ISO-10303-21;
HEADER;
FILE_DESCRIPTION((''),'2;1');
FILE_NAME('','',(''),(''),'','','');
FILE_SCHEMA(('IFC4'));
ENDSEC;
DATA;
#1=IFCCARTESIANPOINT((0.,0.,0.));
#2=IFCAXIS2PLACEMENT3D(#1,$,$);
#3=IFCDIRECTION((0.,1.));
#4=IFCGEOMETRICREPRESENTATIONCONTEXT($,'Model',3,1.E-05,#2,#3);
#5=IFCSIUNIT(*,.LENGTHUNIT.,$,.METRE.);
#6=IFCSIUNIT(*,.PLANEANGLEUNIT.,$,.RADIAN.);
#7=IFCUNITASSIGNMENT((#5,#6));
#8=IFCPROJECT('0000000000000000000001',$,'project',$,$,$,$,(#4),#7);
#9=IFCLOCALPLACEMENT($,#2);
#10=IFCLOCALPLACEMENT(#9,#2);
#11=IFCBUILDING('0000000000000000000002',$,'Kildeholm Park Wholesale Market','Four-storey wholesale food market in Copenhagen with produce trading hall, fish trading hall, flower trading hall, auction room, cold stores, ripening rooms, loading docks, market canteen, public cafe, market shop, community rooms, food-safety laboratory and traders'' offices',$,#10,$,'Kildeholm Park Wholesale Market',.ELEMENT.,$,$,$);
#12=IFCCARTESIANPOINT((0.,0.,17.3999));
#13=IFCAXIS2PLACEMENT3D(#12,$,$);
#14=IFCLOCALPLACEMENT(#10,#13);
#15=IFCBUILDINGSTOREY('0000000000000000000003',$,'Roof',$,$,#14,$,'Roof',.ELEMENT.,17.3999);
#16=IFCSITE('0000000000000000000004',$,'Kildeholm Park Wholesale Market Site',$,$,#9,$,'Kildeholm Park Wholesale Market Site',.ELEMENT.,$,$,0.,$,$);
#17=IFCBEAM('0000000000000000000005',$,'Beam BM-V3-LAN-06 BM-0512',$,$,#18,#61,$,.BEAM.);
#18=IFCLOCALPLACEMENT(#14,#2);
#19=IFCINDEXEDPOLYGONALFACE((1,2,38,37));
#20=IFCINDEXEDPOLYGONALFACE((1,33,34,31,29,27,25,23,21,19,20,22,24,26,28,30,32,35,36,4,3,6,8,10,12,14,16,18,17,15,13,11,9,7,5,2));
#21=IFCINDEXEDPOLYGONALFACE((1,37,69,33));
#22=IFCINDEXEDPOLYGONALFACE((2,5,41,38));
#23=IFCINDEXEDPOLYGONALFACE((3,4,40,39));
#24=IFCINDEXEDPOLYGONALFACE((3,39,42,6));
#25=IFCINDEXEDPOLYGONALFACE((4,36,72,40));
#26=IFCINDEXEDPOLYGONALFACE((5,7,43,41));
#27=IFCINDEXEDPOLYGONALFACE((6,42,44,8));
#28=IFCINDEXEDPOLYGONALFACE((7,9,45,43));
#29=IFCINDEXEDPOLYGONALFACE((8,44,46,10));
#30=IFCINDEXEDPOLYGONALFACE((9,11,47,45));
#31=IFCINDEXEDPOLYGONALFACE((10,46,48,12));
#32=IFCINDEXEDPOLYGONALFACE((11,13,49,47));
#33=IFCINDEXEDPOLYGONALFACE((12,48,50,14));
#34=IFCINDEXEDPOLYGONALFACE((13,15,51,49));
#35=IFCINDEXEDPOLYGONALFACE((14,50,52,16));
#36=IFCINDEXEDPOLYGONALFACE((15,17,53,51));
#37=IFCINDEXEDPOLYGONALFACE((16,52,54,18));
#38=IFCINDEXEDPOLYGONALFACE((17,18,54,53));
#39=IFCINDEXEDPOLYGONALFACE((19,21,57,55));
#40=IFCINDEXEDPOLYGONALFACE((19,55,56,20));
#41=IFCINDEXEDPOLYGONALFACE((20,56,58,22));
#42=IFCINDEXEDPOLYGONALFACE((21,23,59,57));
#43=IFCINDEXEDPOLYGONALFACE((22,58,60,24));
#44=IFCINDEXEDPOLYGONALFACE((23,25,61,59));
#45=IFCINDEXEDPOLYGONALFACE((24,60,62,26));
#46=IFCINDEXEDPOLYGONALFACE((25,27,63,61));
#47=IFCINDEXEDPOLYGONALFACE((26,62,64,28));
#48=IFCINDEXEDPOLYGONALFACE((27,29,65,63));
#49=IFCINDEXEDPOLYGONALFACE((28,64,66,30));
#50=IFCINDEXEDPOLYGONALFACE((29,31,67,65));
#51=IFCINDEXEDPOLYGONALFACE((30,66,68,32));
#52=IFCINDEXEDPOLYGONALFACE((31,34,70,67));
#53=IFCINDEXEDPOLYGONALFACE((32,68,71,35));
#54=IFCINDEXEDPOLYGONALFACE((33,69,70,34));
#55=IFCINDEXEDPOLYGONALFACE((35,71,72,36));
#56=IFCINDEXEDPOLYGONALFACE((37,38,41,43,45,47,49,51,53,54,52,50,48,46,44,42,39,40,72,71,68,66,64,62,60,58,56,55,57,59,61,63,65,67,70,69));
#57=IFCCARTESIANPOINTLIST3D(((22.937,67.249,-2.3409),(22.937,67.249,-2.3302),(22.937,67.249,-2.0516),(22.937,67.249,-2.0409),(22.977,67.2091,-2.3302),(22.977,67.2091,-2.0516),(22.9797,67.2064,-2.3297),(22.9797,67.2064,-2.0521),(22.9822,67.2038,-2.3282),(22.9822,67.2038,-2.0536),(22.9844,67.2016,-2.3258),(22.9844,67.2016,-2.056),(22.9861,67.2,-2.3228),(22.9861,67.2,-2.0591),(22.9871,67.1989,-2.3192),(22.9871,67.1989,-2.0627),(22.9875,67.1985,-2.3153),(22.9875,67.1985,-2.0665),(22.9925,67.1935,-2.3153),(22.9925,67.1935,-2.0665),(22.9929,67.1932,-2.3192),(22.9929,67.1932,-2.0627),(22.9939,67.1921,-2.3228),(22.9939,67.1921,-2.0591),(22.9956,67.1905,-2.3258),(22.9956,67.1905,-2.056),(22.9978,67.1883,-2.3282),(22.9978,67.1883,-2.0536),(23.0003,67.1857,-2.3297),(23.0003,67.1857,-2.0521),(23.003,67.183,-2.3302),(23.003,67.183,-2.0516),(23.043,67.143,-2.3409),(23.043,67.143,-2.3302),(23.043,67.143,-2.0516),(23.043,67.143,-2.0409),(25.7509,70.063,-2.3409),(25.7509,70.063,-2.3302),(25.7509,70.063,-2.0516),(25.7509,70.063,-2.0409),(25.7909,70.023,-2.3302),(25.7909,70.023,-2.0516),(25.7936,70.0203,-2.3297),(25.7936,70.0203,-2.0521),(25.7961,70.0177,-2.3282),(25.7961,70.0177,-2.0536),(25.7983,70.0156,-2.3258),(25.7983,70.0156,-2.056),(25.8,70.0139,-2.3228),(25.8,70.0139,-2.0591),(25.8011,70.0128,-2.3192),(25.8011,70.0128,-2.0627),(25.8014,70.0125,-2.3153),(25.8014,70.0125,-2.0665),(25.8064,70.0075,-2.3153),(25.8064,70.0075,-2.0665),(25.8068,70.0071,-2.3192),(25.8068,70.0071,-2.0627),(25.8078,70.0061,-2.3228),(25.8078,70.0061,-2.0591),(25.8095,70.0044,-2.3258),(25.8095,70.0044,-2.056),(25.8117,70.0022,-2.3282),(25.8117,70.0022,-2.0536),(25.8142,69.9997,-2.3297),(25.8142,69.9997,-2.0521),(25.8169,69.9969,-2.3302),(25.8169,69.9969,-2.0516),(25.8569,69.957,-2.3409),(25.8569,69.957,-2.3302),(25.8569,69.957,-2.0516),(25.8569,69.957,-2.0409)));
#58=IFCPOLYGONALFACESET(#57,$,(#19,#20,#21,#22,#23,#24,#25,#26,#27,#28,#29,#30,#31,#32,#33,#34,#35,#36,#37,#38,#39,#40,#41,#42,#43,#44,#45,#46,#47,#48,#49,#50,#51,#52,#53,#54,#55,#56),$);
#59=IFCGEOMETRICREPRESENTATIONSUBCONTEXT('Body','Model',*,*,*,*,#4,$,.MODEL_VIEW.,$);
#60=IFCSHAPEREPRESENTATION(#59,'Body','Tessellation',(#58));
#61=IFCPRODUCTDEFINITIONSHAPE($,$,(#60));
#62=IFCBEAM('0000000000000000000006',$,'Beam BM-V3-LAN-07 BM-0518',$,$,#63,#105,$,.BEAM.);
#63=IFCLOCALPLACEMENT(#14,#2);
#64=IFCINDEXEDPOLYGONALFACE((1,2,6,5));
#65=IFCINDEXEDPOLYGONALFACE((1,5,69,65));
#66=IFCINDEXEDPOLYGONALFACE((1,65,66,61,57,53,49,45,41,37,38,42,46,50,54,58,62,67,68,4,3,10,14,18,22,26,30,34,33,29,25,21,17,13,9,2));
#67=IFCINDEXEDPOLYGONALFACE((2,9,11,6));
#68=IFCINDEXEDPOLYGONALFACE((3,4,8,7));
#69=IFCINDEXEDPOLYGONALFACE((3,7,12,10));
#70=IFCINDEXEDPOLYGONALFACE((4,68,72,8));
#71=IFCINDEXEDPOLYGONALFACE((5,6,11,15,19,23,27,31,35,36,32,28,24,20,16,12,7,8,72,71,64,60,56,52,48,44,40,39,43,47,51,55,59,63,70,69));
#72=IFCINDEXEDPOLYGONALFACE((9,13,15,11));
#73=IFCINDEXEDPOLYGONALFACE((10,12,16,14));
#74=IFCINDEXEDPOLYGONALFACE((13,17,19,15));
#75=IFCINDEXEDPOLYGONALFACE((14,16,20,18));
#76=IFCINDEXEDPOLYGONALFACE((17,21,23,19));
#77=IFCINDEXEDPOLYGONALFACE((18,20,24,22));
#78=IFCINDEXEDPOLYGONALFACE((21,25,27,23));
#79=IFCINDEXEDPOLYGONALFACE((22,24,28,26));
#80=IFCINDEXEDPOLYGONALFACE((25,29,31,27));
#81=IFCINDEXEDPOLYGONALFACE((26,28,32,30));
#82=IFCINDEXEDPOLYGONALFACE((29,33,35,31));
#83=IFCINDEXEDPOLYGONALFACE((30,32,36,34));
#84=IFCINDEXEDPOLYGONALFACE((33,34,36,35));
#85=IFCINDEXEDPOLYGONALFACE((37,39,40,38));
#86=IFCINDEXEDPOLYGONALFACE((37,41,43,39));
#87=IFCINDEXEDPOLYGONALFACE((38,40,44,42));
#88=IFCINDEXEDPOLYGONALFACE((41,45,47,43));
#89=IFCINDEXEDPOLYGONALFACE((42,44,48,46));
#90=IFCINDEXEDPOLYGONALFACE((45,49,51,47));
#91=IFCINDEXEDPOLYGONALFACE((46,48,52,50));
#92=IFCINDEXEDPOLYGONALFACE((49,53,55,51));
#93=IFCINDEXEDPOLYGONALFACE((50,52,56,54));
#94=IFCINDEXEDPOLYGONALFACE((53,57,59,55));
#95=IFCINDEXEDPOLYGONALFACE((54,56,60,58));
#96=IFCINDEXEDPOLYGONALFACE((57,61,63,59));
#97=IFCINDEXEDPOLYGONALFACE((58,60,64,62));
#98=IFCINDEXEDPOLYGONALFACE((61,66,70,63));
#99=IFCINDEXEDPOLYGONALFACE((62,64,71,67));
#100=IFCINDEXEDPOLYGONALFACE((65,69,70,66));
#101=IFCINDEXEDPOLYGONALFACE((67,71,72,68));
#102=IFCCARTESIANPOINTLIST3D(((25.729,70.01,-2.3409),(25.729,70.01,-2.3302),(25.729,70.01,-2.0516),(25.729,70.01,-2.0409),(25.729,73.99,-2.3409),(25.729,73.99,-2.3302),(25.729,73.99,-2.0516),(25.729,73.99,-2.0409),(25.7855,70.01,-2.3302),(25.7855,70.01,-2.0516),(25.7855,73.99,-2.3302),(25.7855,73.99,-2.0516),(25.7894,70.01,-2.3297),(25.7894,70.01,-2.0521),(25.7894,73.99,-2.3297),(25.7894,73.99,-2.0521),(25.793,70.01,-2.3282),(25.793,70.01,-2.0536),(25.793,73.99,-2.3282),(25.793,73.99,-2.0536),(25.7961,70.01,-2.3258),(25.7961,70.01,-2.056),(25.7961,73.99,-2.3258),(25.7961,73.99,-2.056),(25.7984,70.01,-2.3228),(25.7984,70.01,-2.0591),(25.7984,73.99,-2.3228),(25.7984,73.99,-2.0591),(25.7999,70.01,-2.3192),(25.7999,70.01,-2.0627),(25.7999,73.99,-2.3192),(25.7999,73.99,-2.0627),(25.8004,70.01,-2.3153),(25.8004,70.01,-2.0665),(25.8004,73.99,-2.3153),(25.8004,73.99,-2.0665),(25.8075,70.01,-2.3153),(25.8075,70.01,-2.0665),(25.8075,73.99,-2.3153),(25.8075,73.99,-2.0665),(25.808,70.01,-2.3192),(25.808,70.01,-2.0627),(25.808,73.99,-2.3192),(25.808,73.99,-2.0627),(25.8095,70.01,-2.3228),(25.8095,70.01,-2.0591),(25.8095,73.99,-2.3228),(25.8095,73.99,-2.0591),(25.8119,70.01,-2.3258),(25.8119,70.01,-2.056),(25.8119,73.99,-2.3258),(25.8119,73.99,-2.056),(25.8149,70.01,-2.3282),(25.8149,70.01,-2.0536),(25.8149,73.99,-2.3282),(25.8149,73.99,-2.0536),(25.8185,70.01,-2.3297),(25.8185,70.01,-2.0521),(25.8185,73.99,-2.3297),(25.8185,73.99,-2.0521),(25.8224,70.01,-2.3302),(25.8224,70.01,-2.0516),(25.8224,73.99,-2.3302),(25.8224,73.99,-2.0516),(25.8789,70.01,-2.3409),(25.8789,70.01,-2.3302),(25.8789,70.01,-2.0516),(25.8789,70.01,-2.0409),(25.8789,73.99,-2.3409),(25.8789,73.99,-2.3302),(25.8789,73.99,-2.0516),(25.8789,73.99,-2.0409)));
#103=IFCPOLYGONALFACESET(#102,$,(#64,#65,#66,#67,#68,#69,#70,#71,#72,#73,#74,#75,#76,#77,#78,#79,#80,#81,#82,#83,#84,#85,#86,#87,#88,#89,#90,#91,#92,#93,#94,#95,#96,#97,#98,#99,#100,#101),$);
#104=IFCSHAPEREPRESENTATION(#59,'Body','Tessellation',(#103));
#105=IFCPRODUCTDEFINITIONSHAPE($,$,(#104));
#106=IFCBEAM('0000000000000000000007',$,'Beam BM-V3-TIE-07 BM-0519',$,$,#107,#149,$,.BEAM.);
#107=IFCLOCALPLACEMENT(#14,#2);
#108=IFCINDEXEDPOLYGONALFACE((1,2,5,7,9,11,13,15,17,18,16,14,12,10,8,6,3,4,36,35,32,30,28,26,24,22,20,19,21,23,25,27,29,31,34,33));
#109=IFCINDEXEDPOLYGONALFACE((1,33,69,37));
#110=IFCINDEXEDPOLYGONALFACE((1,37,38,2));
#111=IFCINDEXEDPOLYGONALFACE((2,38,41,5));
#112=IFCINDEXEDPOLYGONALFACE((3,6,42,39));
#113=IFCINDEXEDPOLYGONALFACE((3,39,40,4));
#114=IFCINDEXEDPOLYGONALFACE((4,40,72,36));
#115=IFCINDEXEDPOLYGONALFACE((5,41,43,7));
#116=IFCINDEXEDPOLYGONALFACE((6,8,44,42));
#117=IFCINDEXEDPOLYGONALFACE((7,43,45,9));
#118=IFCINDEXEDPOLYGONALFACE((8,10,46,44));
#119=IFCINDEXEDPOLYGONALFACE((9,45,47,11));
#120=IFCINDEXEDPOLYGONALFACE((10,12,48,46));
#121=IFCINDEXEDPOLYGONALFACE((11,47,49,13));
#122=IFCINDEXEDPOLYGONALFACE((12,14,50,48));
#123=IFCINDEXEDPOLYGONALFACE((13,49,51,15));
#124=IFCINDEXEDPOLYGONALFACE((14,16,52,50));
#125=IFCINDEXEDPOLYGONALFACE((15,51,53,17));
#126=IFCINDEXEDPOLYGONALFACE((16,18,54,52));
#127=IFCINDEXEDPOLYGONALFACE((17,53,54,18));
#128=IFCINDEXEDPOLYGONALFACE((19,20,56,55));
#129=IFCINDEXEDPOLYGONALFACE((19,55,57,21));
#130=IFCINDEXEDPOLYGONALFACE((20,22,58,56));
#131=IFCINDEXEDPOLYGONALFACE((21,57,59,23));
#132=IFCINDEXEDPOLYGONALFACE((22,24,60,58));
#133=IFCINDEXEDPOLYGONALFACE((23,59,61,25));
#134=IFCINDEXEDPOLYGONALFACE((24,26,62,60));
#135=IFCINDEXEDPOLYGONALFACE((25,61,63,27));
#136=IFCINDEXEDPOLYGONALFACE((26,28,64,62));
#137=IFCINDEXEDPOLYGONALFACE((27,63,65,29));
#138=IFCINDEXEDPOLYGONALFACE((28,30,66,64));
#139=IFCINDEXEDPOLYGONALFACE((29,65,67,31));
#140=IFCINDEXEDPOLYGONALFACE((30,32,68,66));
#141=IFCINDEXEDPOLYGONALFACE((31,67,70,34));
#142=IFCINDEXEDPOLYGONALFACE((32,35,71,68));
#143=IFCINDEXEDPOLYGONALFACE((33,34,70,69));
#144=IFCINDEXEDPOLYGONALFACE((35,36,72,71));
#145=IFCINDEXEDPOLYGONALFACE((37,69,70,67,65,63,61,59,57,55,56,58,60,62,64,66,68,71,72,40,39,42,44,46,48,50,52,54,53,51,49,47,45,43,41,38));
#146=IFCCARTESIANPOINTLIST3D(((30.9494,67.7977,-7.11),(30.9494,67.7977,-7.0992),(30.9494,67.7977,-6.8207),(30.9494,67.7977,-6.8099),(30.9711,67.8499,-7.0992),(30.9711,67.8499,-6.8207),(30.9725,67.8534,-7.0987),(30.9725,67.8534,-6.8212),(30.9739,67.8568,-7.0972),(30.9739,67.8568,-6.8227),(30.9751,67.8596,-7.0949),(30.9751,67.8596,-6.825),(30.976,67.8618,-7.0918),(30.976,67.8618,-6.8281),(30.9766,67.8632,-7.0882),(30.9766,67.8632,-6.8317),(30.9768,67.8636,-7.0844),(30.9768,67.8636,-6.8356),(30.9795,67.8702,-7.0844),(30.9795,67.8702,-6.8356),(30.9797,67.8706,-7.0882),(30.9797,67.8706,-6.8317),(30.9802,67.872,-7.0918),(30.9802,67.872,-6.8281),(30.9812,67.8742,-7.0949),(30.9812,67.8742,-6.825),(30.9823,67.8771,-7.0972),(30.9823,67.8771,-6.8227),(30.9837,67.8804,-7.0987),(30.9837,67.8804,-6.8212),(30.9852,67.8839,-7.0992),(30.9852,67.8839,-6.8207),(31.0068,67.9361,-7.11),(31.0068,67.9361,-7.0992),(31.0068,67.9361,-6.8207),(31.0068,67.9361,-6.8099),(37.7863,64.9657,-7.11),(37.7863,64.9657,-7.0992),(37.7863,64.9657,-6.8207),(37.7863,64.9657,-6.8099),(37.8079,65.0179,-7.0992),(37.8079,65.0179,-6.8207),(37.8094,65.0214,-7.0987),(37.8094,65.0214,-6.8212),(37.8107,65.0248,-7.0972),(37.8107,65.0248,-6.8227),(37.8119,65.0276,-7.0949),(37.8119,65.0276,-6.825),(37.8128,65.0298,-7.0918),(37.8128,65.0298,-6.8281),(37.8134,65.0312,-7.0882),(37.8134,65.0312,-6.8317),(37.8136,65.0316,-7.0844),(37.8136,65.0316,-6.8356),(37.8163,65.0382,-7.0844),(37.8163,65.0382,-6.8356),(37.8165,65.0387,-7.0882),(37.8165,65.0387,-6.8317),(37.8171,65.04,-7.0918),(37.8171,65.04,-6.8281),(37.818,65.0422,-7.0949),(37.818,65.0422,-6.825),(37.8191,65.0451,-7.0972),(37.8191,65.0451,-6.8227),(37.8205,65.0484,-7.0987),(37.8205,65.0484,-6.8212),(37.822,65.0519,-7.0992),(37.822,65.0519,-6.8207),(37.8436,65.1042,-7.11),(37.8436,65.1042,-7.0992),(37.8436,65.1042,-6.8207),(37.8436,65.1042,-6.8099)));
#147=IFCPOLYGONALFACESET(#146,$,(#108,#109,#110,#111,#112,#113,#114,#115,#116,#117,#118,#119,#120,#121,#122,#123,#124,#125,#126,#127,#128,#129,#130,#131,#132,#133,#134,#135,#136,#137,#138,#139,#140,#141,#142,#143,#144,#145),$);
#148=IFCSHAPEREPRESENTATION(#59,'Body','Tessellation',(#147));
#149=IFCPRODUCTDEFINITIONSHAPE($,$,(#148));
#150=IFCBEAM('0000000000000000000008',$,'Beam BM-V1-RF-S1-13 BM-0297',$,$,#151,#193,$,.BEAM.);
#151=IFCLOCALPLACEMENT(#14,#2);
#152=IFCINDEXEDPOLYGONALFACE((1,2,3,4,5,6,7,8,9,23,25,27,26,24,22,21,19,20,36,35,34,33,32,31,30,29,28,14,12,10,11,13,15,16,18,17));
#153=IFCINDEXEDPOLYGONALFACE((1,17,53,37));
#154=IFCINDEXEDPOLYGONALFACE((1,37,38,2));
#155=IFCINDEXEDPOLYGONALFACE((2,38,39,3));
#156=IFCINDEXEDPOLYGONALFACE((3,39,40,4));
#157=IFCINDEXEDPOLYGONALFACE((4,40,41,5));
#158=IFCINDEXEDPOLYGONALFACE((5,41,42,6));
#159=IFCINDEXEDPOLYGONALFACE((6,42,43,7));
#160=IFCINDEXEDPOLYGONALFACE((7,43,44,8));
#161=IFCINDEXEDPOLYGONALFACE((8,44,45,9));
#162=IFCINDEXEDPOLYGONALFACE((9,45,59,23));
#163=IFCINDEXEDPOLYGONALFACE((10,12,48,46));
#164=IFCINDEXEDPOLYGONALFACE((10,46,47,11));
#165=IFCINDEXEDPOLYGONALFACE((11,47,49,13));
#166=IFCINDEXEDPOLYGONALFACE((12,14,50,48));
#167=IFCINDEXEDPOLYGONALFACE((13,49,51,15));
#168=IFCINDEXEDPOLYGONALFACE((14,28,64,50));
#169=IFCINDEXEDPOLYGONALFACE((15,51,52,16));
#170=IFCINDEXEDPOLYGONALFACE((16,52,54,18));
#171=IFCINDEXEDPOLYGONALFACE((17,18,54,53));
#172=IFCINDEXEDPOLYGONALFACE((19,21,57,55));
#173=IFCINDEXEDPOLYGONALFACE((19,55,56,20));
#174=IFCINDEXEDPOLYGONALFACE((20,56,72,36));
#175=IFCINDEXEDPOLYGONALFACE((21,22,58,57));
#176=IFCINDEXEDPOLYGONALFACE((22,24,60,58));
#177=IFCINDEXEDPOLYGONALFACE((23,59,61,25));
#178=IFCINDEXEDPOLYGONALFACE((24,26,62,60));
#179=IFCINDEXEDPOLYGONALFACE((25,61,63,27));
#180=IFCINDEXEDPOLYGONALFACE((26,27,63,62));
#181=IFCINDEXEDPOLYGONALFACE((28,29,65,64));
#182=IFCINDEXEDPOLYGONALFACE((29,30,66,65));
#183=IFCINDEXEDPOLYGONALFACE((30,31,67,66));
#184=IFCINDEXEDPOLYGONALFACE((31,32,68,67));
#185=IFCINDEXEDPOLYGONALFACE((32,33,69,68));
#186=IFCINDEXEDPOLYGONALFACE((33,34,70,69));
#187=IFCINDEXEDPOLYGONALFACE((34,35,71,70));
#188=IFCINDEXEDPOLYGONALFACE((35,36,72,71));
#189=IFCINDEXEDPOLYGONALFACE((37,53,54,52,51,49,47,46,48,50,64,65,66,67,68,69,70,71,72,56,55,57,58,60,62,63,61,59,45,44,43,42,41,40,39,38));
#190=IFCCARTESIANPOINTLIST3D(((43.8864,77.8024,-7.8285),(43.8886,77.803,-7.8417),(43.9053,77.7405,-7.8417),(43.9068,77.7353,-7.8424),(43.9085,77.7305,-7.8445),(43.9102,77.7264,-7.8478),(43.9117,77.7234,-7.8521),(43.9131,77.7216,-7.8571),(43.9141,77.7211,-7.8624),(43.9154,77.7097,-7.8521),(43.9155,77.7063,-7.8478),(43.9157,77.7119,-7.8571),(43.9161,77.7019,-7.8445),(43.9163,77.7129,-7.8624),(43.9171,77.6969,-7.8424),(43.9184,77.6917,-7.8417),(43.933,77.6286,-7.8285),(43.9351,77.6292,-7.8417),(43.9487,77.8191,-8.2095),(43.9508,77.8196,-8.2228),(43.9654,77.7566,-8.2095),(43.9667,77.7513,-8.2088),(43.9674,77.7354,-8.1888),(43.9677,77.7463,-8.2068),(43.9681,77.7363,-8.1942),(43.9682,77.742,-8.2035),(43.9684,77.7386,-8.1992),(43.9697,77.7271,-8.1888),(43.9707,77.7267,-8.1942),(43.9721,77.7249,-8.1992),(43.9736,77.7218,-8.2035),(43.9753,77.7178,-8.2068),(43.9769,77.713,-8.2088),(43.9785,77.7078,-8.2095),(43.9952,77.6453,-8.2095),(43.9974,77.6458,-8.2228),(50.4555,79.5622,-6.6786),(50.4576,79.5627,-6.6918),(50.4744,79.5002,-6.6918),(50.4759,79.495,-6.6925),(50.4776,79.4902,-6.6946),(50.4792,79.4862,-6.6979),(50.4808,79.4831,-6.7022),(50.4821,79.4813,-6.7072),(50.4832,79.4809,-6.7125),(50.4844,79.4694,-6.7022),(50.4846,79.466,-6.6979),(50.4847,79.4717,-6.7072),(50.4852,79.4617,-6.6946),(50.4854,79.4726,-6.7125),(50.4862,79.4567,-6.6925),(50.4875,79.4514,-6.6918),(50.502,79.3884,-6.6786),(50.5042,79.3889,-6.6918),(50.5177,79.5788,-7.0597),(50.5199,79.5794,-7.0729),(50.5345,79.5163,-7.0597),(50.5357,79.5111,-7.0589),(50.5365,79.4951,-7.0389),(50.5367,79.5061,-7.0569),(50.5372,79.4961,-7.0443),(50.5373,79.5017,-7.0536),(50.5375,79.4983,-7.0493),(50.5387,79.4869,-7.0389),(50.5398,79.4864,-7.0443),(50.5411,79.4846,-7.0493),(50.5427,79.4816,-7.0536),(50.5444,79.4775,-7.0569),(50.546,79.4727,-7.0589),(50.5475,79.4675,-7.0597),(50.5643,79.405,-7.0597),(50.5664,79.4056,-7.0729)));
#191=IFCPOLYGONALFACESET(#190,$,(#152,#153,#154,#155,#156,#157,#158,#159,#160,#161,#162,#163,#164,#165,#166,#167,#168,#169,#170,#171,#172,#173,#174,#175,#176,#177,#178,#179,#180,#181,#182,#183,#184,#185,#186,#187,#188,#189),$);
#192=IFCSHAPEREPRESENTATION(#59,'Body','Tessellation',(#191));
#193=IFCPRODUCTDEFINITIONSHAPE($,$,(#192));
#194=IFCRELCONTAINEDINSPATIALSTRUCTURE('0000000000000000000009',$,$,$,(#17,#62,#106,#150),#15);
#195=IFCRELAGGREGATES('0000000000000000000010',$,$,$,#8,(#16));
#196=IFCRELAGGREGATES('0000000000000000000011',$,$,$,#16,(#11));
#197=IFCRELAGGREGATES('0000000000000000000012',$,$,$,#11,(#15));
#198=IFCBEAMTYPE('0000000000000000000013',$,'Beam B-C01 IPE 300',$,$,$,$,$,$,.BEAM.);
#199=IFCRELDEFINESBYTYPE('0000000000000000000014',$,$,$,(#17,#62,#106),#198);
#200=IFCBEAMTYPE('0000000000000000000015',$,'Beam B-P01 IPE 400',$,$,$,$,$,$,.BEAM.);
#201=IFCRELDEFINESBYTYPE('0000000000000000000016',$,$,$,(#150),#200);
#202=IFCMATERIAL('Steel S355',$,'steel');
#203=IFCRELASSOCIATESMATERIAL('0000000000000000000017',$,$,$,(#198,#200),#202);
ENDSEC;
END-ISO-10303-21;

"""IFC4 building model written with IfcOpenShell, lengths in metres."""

from ifc_helpers import new_model, si_unit, direction, frame, origin, origin_2d, place, context, subcontext, project, spatial, i_section, extrude, material, material_profile, profile_set, type_object, element, save


model = new_model("IFC4")

# Units and contexts
model_context = context("Model", 3, precision=1e-05, world=origin(), true_north=direction((0.0, 1.0)))
body_context = subcontext(model_context, "Body", "Model", "MODEL_VIEW")
ifc_project = project(units=[si_unit("LENGTHUNIT", "METRE"), si_unit("PLANEANGLEUNIT", "RADIAN")], contexts=[model_context])

# Site, building, storey
site_placement = place(None, origin())
site = spatial("IfcSite", under=ifc_project, at=site_placement, Name="Kildeholm Park Wholesale Market Site", LongName="Kildeholm Park Wholesale Market Site", CompositionType="ELEMENT", RefElevation=0.0)
building_placement = place(site_placement, origin())
building = spatial("IfcBuilding", under=site, at=building_placement, Name="Kildeholm Park Wholesale Market", Description="Four-storey wholesale food market in Copenhagen with produce trading hall, fish trading hall, flower trading hall, auction room, cold stores, ripening rooms, loading docks, market canteen, public cafe, market shop, community rooms, food-safety laboratory and traders' offices", LongName="Kildeholm Park Wholesale Market", CompositionType="ELEMENT")
storey_placement = place(building_placement, frame((0.0, 0.0, 17.3999)))
storey = spatial("IfcBuildingStorey", under=building, at=storey_placement, Name="Roof", LongName="Roof", CompositionType="ELEMENT", Elevation=17.3999)

# Beams
ifc_material_1 = material(Name="Steel S355", Category="steel")
ifc_material_profile_1 = material_profile(ifc_material_1, i_section(OverallWidth=0.1499, OverallDepth=0.3, WebThickness=0.0071, FlangeThickness=0.0107, FilletRadius=0.0149, at=origin_2d()), Name="IPE 300")
ifc_profile_set_1 = profile_set([ifc_material_profile_1], Name="Steel S355")
beam_type_1 = type_object("IfcBeamType", Name="Beam B-C01 IPE 300", PredefinedType="BEAM", material=ifc_profile_set_1)
beam_1_placement = place(storey_placement, frame((22.99, 67.196, -2.1909), z_axis=(0.707107, 0.707107, 0.0), x_axis=(-0.707107, 0.707107, 0.0)))
element("IfcBeam", 1, at=beam_1_placement, inside=storey, type_object=beam_type_1, Name="Beam BM-V3-LAN-06 BM-0512", PredefinedType="BEAM", context=body_context, shape_type="SweptSolid", body=[
    extrude(i_section(OverallWidth=0.1499, OverallDepth=0.3, WebThickness=0.0071, FlangeThickness=0.0107, FilletRadius=0.0149, at=origin_2d()), origin(), (0.0, 0.0, 1.0), 3.9795),
])
beam_2_placement = place(storey_placement, frame((25.804, 70.01, -2.1909), z_axis=(0.0, 1.0, 0.0), x_axis=(-1.0, 0.0, 0.0)))
element("IfcBeam", 2, at=beam_2_placement, inside=storey, type_object=beam_type_1, Name="Beam BM-V3-LAN-07 BM-0518", PredefinedType="BEAM", context=body_context, shape_type="SweptSolid", body=[
    extrude(i_section(OverallWidth=0.1499, OverallDepth=0.3, WebThickness=0.0071, FlangeThickness=0.0107, FilletRadius=0.0149, at=origin_2d()), origin(), (0.0, 0.0, 1.0), 3.98),
])
beam_3_placement = place(storey_placement, frame((37.8149, 65.0349, -6.96), z_axis=(-0.923875, 0.382694, 0.0), x_axis=(-0.382694, -0.923875, 0.0)))
element("IfcBeam", 3, at=beam_3_placement, inside=storey, type_object=beam_type_1, Name="Beam BM-V3-TIE-07 BM-0519", PredefinedType="BEAM", context=body_context, shape_type="SweptSolid", body=[
    extrude(i_section(OverallWidth=0.1499, OverallDepth=0.3, WebThickness=0.0071, FlangeThickness=0.0107, FilletRadius=0.0149, at=origin_2d()), origin(), (0.0, 0.0, 1.0), 7.4001),
])
ifc_material_profile_2 = material_profile(ifc_material_1, i_section(OverallWidth=0.1799, OverallDepth=0.3999, WebThickness=0.0085, FlangeThickness=0.0134, FilletRadius=0.021, at=origin_2d()), Name="IPE 400")
ifc_profile_set_2 = profile_set([ifc_material_profile_2], Name="Steel S355")
beam_type_2 = type_object("IfcBeamType", Name="Beam B-P01 IPE 400", PredefinedType="BEAM", material=ifc_profile_set_2)
beam_4_placement = place(storey_placement, frame((43.9419, 77.7241, -8.0256), z_axis=(0.952422, 0.25514, 0.166719), x_axis=(-0.258762, 0.965941, 0.0)))
element("IfcBeam", 4, at=beam_4_placement, inside=storey, type_object=beam_type_2, Name="Beam BM-V1-RF-S1-13 BM-0297", PredefinedType="BEAM", context=body_context, shape_type="SweptSolid", body=[
    extrude(i_section(OverallWidth=0.1799, OverallDepth=0.3999, WebThickness=0.0085, FlangeThickness=0.0134, FilletRadius=0.021, at=origin_2d()), origin(), (0.0, 0.0, 1.0), 6.8972),
])

save(model, "model.ifc")
